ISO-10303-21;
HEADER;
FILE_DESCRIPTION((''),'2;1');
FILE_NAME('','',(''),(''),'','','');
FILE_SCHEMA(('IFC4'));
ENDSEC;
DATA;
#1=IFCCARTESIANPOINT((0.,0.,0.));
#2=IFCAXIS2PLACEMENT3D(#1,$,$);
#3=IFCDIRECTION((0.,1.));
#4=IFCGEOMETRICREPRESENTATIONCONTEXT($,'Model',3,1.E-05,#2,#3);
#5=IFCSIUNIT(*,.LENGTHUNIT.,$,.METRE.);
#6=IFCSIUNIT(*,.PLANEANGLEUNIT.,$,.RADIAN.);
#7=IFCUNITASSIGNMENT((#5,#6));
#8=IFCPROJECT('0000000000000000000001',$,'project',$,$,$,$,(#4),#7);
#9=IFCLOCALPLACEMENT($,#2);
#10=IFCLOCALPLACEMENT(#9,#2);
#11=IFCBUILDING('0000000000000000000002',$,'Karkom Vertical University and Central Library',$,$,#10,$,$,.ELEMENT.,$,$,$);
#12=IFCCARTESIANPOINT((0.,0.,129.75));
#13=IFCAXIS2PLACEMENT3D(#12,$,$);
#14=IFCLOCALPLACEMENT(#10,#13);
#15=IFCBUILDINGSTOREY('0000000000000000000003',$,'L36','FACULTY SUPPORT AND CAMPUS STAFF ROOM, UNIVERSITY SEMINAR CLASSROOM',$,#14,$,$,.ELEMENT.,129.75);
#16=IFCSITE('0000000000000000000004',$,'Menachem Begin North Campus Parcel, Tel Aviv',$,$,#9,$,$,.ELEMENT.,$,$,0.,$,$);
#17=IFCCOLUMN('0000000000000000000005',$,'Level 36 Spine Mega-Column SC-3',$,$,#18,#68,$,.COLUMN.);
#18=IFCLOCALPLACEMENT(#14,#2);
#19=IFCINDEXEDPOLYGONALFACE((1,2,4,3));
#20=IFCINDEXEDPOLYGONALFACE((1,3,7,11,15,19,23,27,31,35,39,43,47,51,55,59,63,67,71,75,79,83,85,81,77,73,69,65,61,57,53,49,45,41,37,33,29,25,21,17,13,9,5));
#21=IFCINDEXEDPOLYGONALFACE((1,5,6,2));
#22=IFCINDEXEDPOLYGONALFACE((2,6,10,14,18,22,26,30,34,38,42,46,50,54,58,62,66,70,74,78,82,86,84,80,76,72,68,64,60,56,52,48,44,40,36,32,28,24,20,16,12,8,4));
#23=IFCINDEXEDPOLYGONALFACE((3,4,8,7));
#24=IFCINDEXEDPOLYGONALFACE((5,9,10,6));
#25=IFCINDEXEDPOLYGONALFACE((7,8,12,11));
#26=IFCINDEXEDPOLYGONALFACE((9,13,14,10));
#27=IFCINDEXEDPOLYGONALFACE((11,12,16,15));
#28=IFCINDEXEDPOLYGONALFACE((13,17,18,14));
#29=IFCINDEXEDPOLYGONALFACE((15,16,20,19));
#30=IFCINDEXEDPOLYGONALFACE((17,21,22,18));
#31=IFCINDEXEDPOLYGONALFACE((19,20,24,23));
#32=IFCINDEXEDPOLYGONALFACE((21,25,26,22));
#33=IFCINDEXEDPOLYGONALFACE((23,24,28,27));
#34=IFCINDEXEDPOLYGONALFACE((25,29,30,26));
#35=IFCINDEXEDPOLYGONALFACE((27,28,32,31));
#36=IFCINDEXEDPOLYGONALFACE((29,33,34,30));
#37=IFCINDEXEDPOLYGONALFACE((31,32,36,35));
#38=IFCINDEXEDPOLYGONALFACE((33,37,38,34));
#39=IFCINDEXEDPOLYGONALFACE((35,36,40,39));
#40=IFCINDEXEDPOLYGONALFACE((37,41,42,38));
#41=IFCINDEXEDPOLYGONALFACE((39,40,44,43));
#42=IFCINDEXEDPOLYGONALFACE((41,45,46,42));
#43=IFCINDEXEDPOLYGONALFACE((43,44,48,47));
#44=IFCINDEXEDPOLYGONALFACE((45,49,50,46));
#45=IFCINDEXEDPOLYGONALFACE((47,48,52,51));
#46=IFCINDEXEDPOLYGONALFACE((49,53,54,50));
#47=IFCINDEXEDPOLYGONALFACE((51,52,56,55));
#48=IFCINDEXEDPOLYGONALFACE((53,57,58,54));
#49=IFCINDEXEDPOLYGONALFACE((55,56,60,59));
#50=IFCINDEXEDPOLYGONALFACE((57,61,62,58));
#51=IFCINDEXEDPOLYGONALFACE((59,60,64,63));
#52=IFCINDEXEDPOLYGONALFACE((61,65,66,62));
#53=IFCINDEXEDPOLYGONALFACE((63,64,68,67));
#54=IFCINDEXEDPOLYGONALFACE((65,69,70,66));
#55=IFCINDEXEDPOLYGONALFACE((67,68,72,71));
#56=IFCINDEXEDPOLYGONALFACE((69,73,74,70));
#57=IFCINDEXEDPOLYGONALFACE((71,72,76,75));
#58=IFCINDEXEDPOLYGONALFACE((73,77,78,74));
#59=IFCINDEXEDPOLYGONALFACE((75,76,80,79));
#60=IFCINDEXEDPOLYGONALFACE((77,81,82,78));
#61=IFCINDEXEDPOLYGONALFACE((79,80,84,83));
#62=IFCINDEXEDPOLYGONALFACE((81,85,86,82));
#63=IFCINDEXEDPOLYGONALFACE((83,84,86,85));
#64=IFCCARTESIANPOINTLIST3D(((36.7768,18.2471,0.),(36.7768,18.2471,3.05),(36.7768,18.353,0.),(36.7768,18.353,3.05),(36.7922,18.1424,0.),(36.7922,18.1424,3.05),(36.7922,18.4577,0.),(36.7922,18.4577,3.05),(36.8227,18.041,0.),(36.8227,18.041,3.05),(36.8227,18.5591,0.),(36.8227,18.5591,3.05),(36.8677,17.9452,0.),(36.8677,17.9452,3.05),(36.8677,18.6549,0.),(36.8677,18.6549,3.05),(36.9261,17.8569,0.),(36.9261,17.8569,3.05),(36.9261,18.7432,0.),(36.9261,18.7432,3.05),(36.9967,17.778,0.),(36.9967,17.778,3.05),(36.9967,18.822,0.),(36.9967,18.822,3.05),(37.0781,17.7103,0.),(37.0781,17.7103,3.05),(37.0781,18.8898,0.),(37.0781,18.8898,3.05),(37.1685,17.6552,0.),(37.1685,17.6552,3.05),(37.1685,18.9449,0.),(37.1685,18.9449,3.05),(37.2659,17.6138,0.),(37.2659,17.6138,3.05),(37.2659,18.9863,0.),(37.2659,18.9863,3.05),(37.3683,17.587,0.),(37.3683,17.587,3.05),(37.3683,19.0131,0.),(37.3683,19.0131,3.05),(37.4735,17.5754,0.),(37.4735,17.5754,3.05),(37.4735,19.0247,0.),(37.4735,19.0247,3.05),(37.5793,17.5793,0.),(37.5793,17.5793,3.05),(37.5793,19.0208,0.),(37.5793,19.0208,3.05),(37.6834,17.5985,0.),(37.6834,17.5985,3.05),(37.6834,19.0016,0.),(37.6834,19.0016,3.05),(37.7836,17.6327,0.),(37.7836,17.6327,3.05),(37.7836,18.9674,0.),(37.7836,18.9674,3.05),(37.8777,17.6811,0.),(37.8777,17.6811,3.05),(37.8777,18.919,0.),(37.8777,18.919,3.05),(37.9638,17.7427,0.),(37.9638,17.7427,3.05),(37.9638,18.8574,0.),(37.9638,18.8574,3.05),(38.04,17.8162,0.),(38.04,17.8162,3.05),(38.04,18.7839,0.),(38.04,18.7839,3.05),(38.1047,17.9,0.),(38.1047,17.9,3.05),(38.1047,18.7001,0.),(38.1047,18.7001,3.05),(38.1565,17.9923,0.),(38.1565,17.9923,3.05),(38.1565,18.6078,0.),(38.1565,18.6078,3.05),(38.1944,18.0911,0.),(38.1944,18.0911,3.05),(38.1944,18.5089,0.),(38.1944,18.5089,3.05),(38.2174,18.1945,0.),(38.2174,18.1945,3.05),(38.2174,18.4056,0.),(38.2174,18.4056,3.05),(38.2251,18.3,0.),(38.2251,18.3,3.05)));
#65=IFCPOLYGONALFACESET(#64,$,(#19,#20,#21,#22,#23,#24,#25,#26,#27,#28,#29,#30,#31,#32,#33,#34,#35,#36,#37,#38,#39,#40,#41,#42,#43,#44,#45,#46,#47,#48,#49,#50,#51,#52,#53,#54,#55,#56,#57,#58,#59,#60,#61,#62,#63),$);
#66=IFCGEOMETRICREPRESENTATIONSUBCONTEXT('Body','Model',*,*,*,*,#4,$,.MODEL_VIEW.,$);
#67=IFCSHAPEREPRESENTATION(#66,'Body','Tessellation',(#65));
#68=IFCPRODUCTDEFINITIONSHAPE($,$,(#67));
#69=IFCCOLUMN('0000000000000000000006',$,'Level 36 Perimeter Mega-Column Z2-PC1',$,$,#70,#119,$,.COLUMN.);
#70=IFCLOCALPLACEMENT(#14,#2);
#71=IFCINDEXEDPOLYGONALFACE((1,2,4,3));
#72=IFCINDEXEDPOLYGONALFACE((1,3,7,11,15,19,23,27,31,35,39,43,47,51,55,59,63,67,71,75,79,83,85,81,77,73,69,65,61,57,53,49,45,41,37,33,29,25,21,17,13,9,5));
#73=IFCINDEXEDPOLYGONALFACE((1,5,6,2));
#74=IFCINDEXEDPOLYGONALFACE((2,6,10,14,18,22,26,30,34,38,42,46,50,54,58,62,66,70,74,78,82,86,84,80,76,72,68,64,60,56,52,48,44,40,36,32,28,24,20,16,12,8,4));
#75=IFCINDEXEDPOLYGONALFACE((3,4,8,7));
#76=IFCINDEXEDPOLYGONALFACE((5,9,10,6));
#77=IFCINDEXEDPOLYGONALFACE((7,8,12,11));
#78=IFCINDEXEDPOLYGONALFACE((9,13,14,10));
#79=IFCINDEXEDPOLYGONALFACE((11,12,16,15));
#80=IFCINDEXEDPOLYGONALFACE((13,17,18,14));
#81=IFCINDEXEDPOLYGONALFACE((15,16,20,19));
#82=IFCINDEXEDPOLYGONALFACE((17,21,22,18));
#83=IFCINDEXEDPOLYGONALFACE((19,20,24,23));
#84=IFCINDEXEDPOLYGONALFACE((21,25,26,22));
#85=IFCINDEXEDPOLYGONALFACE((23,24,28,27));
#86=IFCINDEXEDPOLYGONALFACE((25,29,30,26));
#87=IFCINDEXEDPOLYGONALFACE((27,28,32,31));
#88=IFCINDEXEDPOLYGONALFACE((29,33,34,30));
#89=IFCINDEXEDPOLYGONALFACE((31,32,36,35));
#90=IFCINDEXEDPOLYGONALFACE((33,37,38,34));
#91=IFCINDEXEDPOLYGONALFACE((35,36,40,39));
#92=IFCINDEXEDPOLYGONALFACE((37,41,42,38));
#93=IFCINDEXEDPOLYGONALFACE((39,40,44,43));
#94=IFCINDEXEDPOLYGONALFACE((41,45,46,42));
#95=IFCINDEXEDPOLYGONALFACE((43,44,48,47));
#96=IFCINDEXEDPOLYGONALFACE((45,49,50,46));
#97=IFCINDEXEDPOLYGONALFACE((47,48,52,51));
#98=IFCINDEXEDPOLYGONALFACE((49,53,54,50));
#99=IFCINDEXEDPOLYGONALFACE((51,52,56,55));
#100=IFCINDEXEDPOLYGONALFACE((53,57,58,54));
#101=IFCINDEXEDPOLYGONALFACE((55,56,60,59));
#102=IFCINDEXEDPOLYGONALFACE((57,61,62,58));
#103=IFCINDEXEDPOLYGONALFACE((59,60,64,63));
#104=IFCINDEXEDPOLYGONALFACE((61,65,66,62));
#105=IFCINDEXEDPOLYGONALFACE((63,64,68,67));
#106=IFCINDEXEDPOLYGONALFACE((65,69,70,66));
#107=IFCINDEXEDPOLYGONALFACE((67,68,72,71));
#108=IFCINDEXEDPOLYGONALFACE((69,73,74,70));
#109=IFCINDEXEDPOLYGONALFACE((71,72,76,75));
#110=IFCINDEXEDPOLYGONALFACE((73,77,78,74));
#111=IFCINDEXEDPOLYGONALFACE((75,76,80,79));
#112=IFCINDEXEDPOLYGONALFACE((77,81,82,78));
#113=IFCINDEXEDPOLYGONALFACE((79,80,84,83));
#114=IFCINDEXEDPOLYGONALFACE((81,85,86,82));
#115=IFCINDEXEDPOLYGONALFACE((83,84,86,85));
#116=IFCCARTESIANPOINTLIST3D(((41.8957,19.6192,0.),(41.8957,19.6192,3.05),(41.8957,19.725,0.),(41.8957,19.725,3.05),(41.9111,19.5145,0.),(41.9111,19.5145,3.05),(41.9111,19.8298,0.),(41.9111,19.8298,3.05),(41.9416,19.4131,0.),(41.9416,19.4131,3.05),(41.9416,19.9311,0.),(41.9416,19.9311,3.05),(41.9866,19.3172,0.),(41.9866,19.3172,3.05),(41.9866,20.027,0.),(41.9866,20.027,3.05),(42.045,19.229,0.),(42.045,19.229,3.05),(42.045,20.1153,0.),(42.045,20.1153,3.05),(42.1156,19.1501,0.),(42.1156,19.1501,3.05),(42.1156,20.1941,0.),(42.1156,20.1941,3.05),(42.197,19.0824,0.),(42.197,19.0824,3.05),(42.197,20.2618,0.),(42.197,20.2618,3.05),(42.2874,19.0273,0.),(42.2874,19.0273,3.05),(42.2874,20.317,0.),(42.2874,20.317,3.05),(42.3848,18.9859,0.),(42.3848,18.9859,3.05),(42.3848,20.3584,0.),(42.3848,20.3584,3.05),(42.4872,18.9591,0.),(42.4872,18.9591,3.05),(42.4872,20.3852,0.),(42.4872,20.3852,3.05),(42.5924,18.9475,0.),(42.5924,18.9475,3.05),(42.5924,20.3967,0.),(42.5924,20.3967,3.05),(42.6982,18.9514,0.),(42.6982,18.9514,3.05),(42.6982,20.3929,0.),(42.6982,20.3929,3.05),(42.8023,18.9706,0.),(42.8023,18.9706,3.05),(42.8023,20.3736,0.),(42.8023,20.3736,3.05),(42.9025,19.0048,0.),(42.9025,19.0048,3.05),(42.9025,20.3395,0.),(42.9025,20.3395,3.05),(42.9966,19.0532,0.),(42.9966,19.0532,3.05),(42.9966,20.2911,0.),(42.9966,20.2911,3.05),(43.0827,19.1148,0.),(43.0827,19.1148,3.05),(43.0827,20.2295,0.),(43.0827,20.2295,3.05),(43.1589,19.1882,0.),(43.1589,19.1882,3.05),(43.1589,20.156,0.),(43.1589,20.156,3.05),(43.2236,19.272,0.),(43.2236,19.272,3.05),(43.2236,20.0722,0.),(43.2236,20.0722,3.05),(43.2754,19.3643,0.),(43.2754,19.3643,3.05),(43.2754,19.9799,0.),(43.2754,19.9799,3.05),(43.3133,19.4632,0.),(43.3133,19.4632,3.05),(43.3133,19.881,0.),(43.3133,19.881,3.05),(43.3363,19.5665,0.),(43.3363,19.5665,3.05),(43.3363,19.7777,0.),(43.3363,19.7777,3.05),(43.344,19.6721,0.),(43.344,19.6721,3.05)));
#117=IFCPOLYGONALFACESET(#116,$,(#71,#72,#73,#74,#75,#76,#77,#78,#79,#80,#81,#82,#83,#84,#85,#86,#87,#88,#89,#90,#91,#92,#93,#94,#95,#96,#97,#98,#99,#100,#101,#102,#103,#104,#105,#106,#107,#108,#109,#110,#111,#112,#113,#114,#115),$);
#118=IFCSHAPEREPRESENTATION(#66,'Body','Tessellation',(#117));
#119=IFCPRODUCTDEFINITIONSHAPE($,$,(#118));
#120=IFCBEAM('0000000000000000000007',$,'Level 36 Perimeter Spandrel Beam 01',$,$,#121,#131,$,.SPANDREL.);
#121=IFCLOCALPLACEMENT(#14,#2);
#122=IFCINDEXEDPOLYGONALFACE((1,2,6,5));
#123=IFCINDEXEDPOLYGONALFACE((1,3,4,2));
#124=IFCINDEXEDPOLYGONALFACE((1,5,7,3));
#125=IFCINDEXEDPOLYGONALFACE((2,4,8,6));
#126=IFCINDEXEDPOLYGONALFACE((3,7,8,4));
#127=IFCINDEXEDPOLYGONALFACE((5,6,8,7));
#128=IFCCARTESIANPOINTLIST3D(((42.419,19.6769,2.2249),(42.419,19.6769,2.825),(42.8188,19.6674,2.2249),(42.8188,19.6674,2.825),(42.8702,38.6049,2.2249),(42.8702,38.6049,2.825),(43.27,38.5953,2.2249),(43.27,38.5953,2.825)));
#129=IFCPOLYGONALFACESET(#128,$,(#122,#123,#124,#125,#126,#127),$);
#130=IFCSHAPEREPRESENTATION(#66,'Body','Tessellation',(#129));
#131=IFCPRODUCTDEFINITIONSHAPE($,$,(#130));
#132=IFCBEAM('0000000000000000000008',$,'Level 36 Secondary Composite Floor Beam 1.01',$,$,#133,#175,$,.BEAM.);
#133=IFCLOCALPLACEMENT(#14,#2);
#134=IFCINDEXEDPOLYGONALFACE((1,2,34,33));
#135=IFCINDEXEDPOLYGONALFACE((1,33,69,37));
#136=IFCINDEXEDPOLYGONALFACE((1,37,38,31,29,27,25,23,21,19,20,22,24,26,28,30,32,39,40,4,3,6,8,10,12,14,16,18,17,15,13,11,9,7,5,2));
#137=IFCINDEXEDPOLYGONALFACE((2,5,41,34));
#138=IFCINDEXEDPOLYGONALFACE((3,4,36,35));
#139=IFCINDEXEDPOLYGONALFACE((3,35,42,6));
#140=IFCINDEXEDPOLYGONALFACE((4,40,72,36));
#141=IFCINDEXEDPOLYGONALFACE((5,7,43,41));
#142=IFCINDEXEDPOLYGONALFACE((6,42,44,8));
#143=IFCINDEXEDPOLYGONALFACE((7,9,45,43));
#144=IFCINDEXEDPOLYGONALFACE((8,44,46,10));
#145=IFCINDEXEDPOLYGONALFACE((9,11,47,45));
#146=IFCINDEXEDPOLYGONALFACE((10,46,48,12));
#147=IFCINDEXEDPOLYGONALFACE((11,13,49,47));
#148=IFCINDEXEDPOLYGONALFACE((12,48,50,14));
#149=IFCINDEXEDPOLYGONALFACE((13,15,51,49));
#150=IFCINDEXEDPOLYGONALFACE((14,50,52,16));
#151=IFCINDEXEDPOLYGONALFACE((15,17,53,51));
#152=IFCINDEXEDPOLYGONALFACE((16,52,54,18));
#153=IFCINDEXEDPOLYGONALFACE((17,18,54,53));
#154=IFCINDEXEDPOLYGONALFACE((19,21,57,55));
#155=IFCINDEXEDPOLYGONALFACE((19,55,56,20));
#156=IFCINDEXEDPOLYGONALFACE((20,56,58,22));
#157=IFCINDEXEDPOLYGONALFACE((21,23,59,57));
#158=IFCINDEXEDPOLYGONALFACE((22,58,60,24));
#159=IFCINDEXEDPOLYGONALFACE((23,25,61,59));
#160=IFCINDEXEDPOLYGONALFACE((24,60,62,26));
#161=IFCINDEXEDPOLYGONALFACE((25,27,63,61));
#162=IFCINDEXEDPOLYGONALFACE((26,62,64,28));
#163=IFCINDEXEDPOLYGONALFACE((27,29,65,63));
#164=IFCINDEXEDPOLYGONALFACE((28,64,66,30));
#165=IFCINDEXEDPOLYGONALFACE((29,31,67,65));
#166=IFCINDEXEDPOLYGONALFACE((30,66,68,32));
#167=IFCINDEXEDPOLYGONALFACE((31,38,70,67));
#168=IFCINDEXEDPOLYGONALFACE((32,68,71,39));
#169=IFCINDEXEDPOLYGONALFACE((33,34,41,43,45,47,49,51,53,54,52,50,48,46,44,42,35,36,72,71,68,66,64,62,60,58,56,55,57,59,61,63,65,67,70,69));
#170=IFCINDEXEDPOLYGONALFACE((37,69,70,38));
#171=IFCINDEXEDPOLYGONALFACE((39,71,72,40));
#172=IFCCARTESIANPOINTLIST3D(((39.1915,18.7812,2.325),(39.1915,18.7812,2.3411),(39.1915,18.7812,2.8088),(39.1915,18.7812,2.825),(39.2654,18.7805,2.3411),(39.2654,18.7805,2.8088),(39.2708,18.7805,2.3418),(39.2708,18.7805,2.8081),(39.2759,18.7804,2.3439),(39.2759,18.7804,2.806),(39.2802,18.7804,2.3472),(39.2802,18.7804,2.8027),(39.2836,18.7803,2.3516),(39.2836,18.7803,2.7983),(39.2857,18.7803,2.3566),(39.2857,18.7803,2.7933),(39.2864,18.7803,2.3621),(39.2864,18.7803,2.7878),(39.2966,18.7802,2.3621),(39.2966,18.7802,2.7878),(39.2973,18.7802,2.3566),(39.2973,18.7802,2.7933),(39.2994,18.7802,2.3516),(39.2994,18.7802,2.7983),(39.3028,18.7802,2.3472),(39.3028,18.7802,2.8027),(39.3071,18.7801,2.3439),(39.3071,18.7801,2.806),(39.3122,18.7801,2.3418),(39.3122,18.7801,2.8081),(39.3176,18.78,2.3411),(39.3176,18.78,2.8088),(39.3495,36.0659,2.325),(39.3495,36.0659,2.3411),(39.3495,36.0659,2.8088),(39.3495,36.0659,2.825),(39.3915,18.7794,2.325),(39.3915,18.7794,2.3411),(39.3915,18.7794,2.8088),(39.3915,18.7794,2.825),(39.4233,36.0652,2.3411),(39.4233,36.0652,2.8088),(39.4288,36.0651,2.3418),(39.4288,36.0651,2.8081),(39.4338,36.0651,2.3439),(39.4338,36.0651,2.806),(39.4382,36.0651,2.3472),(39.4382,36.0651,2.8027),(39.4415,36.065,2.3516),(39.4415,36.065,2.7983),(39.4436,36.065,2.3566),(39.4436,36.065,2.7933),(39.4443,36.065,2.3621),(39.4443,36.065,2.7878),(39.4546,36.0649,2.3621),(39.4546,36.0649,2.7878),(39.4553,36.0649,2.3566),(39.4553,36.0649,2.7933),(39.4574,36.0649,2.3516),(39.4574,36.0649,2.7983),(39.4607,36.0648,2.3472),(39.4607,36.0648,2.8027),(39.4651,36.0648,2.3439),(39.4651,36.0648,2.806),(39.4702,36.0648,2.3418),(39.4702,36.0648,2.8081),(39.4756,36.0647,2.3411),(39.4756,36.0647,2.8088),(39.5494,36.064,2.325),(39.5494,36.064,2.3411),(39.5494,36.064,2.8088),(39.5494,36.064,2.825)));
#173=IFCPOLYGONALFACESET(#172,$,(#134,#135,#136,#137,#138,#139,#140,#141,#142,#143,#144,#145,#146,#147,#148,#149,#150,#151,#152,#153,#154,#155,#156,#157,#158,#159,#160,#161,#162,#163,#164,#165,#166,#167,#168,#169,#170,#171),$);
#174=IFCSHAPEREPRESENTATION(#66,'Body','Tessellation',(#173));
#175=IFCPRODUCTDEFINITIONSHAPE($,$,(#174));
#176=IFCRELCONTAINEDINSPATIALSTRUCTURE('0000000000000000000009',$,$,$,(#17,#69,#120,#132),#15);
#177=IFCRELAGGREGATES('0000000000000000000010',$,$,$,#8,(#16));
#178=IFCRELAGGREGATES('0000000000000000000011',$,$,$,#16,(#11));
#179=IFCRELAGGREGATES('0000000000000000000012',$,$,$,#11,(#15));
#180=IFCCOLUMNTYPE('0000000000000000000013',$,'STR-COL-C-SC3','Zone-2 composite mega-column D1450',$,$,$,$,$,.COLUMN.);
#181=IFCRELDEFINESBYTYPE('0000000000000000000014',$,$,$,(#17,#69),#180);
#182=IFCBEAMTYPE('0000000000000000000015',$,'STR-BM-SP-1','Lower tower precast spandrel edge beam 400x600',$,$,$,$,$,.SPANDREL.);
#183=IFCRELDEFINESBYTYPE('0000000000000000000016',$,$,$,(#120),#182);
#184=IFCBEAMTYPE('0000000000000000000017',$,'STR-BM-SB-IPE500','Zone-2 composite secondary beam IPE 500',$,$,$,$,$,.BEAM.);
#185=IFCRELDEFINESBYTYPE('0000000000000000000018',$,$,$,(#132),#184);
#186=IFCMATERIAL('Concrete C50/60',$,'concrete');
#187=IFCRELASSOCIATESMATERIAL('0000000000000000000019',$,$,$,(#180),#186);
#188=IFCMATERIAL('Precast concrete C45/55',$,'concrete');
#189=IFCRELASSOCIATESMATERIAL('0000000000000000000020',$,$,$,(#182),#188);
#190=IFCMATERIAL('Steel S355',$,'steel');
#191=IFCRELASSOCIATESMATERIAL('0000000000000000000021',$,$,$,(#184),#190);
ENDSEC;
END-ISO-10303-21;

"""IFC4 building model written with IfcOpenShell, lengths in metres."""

from ifc_helpers import new_model, si_unit, direction, frame, origin, origin_with_axes, origin_2d, place, context, subcontext, project, spatial, rectangle, circle, i_section, extrude, source, transform, mapped, material, material_profile, profile_set, type_object, element, save


model = new_model("IFC4")

# Units and contexts
model_context = context("Model", 3, precision=1e-05, world=origin(), true_north=direction((0.0, 1.0)))
body_context = subcontext(model_context, "Body", "Model", "MODEL_VIEW")
ifc_project = project(units=[si_unit("LENGTHUNIT", "METRE"), si_unit("PLANEANGLEUNIT", "RADIAN")], contexts=[model_context])

# Site, building, storey
site_placement = place(None, origin())
site = spatial("IfcSite", under=ifc_project, at=site_placement, Name="Menachem Begin North Campus Parcel, Tel Aviv", CompositionType="ELEMENT", RefElevation=0.0)
building_placement = place(site_placement, origin())
building = spatial("IfcBuilding", under=site, at=building_placement, Name="Karkom Vertical University and Central Library", CompositionType="ELEMENT")
storey_placement = place(building_placement, frame((0.0, 0.0, 129.75)))
storey = spatial("IfcBuildingStorey", under=building, at=storey_placement, Name="L36", Description="FACULTY SUPPORT AND CAMPUS STAFF ROOM, UNIVERSITY SEMINAR CLASSROOM", CompositionType="ELEMENT", Elevation=129.75)

# Columns
ifc_material_1 = material(Name="Concrete C50/60", Category="concrete")
ifc_material_profile_1 = material_profile(ifc_material_1, circle(Radius=0.7251, at=origin_2d()), Name="CFT-D1450")
ifc_profile_set_1 = profile_set([ifc_material_profile_1], Name="Concrete C50/60")
column_type = type_object("IfcColumnType", Name="STR-COL-C-SC3", Description="Zone-2 composite mega-column D1450", PredefinedType="COLUMN", material=ifc_profile_set_1)
shared_shape_1 = source(origin_with_axes(), body_context, "Body", "SweptSolid", [
    extrude(circle(Radius=0.7251, at=origin_2d()), origin(), (0.0, 0.0, 1.0), 3.05),
])
for number, where, z_axis, x_axis, name in (
    (1, (37.5, 18.3, 0.0), (0.0, 0.0, 1.0), (1.0, 0.0, 0.0), "Level 36 Spine Mega-Column SC-3"),
    (2, (42.6189, 19.6721, 0.0), (0.0, 0.0, 1.0), (1.0, 0.0, 0.0), "Level 36 Perimeter Mega-Column Z2-PC1"),
):
    element("IfcColumn", number, at=place(storey_placement, frame(where, z_axis=z_axis, x_axis=x_axis)), inside=storey, type_object=column_type, Name=name, PredefinedType="COLUMN", context=body_context, shape_type="MappedRepresentation", body=[
        mapped(shared_shape_1, transform((0.0, 0.0, 0.0), scale=1.0)),
    ])

# Beams
ifc_material_2 = material(Name="Precast concrete C45/55", Category="concrete")
ifc_material_profile_2 = material_profile(ifc_material_2, rectangle(XDim=0.3999, YDim=0.6001, at=origin_2d()), Name="SPB-400x600")
ifc_profile_set_2 = profile_set([ifc_material_profile_2], Name="Precast concrete C45/55")
beam_type_1 = type_object("IfcBeamType", Name="STR-BM-SP-1", Description="Lower tower precast spandrel edge beam 400x600", PredefinedType="SPANDREL", material=ifc_profile_set_2)
shared_shape_2 = source(origin_with_axes(), body_context, "Body", "SweptSolid", [
    extrude(rectangle(XDim=0.3999, YDim=0.6001, at=origin_2d()), origin(), (0.0, 0.0, 1.0), 18.9333),
])
beam_1_placement = place(storey_placement, frame((42.6189, 19.6721, 2.5249), z_axis=(0.023829, 0.999716, 0.0), x_axis=(-0.999716, 0.023829, 0.0)))
element("IfcBeam", 3, at=beam_1_placement, inside=storey, type_object=beam_type_1, Name="Level 36 Perimeter Spandrel Beam 01", PredefinedType="SPANDREL", context=body_context, shape_type="MappedRepresentation", body=[
    mapped(shared_shape_2, transform((0.0, 0.0, 0.0), scale=1.0)),
])
ifc_material_3 = material(Name="Steel S355", Category="steel")
ifc_material_profile_3 = material_profile(ifc_material_3, i_section(OverallWidth=0.2, OverallDepth=0.5, WebThickness=0.0103, FlangeThickness=0.0161, FilletRadius=0.021, at=origin_2d()), Name="IPE 500")
ifc_profile_set_3 = profile_set([ifc_material_profile_3], Name="Steel S355")
beam_type_2 = type_object("IfcBeamType", Name="STR-BM-SB-IPE500", Description="Zone-2 composite secondary beam IPE 500", PredefinedType="BEAM", material=ifc_profile_set_3)
shared_shape_3 = source(origin_with_axes(), body_context, "Body", "SweptSolid", [
    extrude(i_section(OverallWidth=0.2, OverallDepth=0.5, WebThickness=0.0103, FlangeThickness=0.0161, FilletRadius=0.021, at=origin_2d()), origin(), (0.0, 0.0, 1.0), 17.2854),
])
beam_2_placement = place(storey_placement, frame((39.2915, 18.7803, 2.575), z_axis=(0.009138, 0.999958, 0.0), x_axis=(-0.999958, 0.009138, 0.0)))
element("IfcBeam", 4, at=beam_2_placement, inside=storey, type_object=beam_type_2, Name="Level 36 Secondary Composite Floor Beam 1.01", PredefinedType="BEAM", context=body_context, shape_type="MappedRepresentation", body=[
    mapped(shared_shape_3, transform((0.0, 0.0, 0.0), scale=1.0)),
])

save(model, "model.ifc")
